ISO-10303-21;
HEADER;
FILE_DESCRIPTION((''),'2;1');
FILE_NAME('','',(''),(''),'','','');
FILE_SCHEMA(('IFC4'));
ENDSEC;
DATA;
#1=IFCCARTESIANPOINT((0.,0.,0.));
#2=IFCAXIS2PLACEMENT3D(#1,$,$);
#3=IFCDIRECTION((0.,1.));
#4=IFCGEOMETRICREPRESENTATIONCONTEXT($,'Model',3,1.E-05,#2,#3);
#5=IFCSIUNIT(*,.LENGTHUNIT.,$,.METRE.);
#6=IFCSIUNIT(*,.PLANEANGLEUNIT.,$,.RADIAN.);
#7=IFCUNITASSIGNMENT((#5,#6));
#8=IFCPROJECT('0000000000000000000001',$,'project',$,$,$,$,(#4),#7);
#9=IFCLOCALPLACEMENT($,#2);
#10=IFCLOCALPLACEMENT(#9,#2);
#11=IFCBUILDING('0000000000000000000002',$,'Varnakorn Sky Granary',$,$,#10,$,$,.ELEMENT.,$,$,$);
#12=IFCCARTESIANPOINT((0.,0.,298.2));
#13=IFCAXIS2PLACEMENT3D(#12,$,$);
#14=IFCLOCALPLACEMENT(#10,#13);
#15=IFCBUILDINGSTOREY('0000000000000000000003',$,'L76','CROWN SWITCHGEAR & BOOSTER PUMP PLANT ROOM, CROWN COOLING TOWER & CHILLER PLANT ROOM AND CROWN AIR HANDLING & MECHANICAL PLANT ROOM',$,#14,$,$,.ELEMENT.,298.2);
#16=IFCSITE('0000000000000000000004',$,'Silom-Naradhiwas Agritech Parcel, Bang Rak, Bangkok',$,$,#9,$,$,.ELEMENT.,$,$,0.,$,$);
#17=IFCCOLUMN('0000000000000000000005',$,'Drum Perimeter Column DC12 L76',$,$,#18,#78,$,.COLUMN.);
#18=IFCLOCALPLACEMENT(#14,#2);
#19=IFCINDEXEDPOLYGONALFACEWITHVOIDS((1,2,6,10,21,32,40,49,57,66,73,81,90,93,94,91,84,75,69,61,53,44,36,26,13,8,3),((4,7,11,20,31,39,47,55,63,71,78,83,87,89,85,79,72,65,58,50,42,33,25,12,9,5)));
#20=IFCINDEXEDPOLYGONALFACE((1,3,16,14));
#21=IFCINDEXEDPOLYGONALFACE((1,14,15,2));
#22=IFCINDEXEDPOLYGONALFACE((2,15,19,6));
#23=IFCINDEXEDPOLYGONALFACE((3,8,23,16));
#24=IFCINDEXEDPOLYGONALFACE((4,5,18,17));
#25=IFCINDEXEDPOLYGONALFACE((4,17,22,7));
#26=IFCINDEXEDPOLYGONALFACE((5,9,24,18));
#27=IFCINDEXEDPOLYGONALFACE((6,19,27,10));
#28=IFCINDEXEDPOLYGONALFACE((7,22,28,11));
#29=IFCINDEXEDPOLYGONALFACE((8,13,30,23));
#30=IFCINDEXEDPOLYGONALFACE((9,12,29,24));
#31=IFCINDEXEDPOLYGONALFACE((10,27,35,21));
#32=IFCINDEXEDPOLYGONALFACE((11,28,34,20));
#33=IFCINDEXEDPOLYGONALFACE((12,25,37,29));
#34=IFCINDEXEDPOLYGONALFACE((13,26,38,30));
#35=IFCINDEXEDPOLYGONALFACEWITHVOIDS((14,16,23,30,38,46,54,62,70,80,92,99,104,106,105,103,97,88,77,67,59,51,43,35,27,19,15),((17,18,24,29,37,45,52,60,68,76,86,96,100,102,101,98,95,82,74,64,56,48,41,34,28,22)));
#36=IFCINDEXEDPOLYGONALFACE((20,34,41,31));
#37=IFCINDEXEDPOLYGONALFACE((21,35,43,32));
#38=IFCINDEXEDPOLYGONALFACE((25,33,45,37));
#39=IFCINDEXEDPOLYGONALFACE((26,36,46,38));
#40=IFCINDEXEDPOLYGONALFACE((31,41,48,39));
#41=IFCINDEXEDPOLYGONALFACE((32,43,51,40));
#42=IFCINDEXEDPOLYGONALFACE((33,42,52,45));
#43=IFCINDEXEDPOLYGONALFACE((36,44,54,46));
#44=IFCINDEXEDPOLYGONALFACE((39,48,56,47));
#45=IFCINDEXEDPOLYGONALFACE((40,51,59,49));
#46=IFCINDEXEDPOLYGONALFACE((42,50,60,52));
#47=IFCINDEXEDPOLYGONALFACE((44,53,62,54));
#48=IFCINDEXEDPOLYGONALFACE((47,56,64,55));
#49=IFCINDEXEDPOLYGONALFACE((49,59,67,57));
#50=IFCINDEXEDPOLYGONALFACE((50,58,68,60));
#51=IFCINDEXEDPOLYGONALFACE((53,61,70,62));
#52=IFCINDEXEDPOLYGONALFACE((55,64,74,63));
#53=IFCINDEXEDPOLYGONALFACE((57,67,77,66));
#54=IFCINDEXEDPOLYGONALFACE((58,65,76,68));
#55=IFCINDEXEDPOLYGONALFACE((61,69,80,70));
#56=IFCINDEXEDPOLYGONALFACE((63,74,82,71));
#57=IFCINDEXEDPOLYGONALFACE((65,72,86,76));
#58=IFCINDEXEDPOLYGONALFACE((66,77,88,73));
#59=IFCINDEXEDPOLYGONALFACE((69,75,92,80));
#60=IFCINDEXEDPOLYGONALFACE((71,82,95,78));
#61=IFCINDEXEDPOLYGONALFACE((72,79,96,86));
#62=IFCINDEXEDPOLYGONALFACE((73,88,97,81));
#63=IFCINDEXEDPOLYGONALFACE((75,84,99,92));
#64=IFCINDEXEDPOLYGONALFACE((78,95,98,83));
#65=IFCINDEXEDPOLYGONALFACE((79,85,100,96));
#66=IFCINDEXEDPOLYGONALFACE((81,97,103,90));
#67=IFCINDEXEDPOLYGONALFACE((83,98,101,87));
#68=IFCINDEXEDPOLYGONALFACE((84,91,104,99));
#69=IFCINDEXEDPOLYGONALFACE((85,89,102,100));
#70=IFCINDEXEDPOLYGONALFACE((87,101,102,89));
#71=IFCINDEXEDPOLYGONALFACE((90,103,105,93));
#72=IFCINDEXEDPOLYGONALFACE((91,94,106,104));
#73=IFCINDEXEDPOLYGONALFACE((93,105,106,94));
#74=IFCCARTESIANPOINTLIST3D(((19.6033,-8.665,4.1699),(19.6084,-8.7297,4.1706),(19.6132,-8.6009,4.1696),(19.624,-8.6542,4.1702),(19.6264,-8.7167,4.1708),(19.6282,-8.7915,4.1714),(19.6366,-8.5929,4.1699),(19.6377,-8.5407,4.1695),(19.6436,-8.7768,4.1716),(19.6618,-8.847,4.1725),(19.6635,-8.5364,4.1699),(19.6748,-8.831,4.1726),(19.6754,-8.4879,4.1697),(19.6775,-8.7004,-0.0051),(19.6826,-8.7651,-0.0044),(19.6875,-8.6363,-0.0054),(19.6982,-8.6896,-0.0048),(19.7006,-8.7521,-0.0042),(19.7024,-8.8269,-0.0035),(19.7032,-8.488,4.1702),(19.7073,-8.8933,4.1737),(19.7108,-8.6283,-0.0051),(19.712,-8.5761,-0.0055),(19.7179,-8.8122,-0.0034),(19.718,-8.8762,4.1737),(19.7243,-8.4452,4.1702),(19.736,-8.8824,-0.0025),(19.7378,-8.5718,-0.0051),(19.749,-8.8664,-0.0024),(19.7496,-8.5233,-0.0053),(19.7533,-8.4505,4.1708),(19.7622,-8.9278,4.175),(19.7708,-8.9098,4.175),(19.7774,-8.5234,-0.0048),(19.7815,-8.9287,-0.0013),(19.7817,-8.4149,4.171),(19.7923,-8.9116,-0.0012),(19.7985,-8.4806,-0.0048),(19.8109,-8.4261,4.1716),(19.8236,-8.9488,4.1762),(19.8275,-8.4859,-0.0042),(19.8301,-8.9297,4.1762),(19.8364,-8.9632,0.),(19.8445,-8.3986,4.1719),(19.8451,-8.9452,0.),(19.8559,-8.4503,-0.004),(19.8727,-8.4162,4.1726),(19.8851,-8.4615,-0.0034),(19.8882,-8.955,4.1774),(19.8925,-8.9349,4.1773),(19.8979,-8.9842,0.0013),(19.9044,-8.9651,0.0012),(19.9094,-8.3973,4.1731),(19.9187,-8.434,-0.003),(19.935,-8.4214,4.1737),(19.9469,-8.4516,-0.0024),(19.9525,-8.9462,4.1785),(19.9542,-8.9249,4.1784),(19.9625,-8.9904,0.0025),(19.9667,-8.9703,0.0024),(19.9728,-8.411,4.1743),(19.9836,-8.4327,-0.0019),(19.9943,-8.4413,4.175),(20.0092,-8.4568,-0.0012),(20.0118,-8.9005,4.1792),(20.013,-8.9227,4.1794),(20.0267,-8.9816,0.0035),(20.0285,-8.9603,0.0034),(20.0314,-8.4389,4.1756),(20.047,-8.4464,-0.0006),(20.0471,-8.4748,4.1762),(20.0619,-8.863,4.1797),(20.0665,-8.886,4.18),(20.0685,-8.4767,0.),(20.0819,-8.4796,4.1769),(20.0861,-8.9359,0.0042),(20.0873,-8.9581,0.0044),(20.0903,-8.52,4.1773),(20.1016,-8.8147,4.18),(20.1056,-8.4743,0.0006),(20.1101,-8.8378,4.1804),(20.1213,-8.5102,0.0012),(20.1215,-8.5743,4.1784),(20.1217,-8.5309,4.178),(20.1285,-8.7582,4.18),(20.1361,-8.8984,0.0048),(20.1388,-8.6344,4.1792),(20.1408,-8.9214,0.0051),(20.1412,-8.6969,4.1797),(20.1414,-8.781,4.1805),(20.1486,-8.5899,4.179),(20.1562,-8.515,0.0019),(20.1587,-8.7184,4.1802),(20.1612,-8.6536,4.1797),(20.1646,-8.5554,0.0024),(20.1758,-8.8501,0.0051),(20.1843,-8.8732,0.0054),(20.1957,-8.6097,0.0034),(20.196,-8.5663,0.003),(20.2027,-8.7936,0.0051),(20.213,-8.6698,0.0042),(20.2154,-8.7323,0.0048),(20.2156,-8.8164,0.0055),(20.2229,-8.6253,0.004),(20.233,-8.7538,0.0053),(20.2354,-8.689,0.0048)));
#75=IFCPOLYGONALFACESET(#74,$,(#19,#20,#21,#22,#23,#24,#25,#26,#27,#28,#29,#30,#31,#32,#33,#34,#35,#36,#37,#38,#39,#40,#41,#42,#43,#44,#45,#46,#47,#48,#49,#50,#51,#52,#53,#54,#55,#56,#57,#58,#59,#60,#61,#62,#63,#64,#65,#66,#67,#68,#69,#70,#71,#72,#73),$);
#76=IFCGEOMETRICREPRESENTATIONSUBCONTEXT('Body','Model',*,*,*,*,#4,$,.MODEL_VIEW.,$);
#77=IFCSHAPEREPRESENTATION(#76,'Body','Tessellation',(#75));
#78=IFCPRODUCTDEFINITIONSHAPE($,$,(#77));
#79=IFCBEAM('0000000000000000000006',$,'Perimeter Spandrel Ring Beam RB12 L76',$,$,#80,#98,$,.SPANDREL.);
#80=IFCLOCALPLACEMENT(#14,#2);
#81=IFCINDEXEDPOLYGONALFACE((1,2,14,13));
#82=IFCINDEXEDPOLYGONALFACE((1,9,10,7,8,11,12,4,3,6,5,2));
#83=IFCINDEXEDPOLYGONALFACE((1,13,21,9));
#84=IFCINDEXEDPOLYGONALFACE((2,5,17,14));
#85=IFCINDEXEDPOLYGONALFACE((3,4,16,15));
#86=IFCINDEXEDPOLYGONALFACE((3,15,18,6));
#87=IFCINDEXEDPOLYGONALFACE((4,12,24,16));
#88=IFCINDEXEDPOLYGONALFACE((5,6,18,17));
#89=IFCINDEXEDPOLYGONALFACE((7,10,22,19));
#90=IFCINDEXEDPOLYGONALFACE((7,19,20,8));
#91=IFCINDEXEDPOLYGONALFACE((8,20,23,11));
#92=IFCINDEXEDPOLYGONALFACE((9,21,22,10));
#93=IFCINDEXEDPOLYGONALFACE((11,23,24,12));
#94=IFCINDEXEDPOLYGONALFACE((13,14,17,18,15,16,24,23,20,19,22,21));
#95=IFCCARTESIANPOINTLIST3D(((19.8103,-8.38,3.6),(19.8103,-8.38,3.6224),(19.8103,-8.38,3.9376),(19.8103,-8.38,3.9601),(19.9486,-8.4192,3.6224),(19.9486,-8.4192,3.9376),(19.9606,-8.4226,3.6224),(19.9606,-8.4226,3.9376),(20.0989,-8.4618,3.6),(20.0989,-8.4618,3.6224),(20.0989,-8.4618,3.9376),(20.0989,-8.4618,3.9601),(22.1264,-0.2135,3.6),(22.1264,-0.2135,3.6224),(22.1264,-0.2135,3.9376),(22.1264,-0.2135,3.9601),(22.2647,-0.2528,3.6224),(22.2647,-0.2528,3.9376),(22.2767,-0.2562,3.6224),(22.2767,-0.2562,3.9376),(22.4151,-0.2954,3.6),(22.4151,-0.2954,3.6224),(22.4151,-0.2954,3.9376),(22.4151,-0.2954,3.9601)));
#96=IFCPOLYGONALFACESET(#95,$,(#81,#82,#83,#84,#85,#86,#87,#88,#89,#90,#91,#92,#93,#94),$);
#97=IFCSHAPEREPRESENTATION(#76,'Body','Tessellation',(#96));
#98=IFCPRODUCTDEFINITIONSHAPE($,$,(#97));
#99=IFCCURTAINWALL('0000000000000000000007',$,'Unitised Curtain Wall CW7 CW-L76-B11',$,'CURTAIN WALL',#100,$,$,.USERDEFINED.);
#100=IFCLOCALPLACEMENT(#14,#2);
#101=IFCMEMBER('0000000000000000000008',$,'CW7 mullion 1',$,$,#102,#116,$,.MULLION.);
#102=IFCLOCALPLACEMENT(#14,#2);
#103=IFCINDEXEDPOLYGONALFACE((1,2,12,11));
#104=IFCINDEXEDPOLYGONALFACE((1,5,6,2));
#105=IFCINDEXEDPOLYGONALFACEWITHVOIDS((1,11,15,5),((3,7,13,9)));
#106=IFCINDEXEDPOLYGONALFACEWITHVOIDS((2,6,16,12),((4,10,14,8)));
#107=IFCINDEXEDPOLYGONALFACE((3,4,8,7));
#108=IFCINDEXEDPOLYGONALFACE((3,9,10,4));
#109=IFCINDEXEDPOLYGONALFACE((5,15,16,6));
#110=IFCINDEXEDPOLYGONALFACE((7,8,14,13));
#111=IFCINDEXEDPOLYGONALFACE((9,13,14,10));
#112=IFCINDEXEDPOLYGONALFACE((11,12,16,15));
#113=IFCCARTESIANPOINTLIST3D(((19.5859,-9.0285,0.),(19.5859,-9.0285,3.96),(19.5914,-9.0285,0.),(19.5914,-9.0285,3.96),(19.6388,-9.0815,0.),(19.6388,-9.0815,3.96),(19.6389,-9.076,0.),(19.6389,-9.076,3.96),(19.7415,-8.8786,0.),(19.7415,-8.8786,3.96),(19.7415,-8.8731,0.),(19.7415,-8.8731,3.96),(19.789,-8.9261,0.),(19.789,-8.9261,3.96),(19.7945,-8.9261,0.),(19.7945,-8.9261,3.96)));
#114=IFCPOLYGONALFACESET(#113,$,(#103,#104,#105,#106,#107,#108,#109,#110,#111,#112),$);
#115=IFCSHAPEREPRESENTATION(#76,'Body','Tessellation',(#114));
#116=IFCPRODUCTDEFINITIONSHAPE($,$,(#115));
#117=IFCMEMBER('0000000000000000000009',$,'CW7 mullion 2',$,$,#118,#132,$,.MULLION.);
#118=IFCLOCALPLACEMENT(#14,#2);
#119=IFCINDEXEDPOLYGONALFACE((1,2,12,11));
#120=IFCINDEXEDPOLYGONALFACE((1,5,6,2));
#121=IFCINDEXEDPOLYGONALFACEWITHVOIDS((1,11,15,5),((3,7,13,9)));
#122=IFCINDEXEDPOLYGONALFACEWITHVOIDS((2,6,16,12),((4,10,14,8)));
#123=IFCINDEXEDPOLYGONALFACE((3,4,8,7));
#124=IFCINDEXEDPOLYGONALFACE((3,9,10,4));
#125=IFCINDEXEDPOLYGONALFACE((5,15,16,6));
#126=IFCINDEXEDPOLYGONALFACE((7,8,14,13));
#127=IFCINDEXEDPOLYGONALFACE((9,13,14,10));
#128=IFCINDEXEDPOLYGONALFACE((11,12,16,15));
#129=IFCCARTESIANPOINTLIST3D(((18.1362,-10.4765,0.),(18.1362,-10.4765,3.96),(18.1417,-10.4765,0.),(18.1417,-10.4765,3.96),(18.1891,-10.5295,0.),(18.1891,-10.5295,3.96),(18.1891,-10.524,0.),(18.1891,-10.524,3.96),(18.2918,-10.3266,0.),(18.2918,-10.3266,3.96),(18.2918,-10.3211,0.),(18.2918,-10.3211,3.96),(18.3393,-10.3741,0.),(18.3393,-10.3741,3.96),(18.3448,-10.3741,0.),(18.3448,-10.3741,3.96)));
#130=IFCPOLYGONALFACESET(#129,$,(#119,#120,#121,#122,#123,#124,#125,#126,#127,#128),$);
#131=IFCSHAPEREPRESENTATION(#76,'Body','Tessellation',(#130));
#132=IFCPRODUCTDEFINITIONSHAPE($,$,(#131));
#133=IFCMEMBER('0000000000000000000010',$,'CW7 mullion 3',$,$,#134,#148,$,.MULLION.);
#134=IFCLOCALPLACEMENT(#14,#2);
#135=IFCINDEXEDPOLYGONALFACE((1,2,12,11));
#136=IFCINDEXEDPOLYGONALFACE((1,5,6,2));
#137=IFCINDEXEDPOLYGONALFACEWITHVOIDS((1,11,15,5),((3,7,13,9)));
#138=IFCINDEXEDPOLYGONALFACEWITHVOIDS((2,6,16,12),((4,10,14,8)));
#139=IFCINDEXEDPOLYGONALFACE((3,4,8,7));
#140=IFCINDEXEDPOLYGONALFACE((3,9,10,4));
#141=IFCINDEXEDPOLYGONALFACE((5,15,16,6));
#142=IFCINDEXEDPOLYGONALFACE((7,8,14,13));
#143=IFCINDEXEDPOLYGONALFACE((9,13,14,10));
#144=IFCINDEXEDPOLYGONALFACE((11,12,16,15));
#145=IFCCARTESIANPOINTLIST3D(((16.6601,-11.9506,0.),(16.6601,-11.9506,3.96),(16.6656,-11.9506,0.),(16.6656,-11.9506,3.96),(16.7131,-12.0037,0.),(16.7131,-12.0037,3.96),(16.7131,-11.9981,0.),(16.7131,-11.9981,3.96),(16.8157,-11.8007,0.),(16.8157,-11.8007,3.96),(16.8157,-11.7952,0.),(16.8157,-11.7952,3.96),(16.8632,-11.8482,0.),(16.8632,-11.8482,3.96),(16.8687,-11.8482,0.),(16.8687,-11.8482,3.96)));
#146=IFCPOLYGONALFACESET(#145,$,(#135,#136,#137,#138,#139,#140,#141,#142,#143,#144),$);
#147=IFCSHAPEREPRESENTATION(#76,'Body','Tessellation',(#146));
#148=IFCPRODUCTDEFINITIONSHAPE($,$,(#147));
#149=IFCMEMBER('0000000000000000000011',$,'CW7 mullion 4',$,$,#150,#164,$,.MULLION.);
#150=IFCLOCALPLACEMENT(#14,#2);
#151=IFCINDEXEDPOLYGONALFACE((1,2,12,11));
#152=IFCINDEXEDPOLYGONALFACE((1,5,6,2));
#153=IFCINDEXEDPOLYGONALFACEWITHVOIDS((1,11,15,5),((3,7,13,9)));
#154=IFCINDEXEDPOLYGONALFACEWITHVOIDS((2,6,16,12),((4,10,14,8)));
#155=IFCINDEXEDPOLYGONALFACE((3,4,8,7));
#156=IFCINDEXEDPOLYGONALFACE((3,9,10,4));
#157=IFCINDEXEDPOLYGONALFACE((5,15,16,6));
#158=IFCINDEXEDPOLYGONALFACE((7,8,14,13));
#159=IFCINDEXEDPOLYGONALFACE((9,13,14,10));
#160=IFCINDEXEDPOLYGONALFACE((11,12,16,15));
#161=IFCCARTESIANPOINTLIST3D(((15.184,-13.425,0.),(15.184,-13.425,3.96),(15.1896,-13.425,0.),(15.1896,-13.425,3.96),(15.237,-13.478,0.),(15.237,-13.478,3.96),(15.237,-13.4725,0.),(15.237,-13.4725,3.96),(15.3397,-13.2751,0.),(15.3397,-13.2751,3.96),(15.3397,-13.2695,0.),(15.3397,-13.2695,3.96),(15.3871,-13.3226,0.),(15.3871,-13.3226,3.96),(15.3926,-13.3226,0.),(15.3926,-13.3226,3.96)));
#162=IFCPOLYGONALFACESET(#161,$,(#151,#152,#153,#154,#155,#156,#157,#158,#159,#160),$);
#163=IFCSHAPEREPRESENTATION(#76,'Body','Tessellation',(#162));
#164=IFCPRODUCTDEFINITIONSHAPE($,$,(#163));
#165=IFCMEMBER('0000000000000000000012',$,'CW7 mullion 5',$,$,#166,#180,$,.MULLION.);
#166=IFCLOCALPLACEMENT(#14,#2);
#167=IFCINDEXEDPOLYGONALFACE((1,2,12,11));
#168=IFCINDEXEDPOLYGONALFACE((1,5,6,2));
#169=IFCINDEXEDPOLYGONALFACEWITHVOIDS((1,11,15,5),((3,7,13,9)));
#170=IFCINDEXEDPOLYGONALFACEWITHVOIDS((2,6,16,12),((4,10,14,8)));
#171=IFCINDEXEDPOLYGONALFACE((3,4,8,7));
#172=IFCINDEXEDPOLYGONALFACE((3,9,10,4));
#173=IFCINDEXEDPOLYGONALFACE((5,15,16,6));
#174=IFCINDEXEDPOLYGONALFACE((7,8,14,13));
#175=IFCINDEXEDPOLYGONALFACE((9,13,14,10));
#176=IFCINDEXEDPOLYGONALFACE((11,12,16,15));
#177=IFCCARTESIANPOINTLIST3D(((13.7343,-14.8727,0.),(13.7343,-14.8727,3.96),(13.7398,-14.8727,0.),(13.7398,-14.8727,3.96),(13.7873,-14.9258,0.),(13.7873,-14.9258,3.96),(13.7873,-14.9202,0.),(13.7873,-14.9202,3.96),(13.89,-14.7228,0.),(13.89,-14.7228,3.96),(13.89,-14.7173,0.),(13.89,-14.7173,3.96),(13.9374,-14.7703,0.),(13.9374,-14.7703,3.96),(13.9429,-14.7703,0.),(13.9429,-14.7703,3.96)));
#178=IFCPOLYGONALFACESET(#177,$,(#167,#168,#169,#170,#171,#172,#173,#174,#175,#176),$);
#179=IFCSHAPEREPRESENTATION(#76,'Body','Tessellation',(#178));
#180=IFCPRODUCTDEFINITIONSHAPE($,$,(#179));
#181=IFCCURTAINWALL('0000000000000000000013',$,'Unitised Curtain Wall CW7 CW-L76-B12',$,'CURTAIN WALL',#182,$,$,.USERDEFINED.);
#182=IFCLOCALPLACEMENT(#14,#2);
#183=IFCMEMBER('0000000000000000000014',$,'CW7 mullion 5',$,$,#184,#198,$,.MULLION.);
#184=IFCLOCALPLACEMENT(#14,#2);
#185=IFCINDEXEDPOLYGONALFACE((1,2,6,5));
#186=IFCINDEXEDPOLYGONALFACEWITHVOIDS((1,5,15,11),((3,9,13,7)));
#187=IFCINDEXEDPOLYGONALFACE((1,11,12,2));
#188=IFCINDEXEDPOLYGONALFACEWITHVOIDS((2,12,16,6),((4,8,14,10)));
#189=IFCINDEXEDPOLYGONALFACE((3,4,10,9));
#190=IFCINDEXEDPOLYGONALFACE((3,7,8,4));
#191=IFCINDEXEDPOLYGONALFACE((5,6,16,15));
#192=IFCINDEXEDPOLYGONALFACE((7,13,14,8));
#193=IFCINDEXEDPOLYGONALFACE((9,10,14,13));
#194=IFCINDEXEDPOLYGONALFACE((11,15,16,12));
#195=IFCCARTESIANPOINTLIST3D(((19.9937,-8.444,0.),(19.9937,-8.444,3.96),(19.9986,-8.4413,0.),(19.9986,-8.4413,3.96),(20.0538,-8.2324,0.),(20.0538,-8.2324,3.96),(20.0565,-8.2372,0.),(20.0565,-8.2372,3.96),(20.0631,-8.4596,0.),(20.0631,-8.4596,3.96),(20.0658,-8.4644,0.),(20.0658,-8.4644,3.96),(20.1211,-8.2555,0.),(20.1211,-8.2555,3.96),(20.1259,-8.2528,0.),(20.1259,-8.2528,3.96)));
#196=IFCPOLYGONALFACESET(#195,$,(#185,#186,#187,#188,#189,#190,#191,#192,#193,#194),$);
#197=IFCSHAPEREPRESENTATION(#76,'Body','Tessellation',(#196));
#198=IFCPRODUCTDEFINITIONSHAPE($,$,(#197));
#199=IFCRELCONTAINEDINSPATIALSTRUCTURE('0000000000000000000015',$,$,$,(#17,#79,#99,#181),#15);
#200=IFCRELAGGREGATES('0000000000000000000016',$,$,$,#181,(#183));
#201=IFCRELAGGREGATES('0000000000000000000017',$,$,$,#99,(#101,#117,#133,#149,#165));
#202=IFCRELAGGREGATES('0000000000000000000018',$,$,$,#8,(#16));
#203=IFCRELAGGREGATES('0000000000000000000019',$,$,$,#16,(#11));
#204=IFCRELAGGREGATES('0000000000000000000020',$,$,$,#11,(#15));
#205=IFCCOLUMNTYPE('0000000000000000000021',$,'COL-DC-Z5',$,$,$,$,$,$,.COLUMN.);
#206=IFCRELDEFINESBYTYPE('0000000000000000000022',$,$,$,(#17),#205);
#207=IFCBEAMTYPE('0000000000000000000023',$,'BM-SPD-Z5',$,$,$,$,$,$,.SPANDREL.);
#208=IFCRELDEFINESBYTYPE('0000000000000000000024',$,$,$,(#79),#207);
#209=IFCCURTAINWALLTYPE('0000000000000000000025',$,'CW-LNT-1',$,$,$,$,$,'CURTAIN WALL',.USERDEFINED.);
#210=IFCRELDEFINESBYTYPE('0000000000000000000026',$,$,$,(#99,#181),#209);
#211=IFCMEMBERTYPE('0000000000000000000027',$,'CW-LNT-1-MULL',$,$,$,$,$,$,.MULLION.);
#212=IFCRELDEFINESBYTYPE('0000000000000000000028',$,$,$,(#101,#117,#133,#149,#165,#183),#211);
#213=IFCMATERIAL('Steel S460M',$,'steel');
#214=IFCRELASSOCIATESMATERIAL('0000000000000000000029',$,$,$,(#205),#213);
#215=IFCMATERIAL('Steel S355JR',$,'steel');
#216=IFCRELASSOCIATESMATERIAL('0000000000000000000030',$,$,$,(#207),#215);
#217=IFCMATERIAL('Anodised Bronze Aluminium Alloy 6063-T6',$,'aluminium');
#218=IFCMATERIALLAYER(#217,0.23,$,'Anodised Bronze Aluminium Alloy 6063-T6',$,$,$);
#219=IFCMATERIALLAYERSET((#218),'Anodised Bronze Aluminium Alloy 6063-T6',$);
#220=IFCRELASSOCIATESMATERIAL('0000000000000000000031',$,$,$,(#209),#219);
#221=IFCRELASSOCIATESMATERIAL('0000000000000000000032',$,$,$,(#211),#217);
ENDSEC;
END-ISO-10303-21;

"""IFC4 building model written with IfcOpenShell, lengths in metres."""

from ifc_helpers import new_model, si_unit, direction, frame, origin, origin_2d, place, context, subcontext, project, spatial, hollow_rectangle, hollow_circle, i_section, extrude, material, layer, layer_set, material_profile, profile_set, type_object, element, aggregate, save


model = new_model("IFC4")

# Units and contexts
model_context = context("Model", 3, precision=1e-05, world=origin(), true_north=direction((0.0, 1.0)))
body_context = subcontext(model_context, "Body", "Model", "MODEL_VIEW")
ifc_project = project(units=[si_unit("LENGTHUNIT", "METRE"), si_unit("PLANEANGLEUNIT", "RADIAN")], contexts=[model_context])

# Site, building, storey
site_placement = place(None, origin())
site = spatial("IfcSite", under=ifc_project, at=site_placement, Name="Silom-Naradhiwas Agritech Parcel, Bang Rak, Bangkok", CompositionType="ELEMENT", RefElevation=0.0)
building_placement = place(site_placement, origin())
building = spatial("IfcBuilding", under=site, at=building_placement, Name="Varnakorn Sky Granary", CompositionType="ELEMENT")
storey_placement = place(building_placement, frame((0.0, 0.0, 298.2)))
storey = spatial("IfcBuildingStorey", under=building, at=storey_placement, Name="L76", Description="CROWN SWITCHGEAR & BOOSTER PUMP PLANT ROOM, CROWN COOLING TOWER & CHILLER PLANT ROOM AND CROWN AIR HANDLING & MECHANICAL PLANT ROOM", CompositionType="ELEMENT", Elevation=298.2)

# Column
ifc_material_1 = material(Name="Steel S460M", Category="steel")
ifc_material_profile_1 = material_profile(ifc_material_1, hollow_circle(Radius=0.2795, WallThickness=0.02, at=origin_2d()), Name="CHS 559x20")
ifc_profile_set_1 = profile_set([ifc_material_profile_1], Name="Steel S460M")
column_type = type_object("IfcColumnType", Name="COL-DC-Z5", PredefinedType="COLUMN", material=ifc_profile_set_1)
column_placement = place(storey_placement, frame((19.9568, -8.7109, 0.0), z_axis=(-0.017773, 0.008477, 0.999806), x_axis=(-0.43051, -0.902586, 0.0)))
element("IfcColumn", 1, at=column_placement, inside=storey, type_object=column_type, Name="Drum Perimeter Column DC12 L76", PredefinedType="COLUMN", context=body_context, shape_type="SweptSolid", body=[
    extrude(hollow_circle(Radius=0.2795, WallThickness=0.02, at=origin_2d()), origin(), (0.0, 0.0, 1.0), 4.1758),
])

# Beam
ifc_material_2 = material(Name="Steel S355JR", Category="steel")
ifc_material_profile_2 = material_profile(ifc_material_2, i_section(OverallWidth=0.3, OverallDepth=0.3601, WebThickness=0.0125, FlangeThickness=0.0225, at=origin_2d()), Name="HE 360 B")
ifc_profile_set_2 = profile_set([ifc_material_profile_2], Name="Steel S355JR")
beam_type = type_object("IfcBeamType", Name="BM-SPD-Z5", PredefinedType="SPANDREL", material=ifc_profile_set_2)
beam_placement = place(storey_placement, frame((19.9546, -8.4209, 3.78), z_axis=(0.272855, 0.962055, 0.0), x_axis=(-0.962055, 0.272855, 0.0)))
element("IfcBeam", 2, at=beam_placement, inside=storey, type_object=beam_type, Name="Perimeter Spandrel Ring Beam RB12 L76", PredefinedType="SPANDREL", context=body_context, shape_type="SweptSolid", body=[
    extrude(i_section(OverallWidth=0.3, OverallDepth=0.3601, WebThickness=0.0125, FlangeThickness=0.0225, at=origin_2d()), origin(), (0.0, 0.0, 1.0), 8.4885),
])

# Curtain wall, members
ifc_material_3 = material(Name="Anodised Bronze Aluminium Alloy 6063-T6", Category="aluminium")
ifc_layer_1 = layer(ifc_material_3, 0.23, Name="Anodised Bronze Aluminium Alloy 6063-T6")
ifc_layer_set_1 = layer_set([ifc_layer_1], Name="Anodised Bronze Aluminium Alloy 6063-T6")
curtain_wall_type = type_object("IfcCurtainWallType", Name="CW-LNT-1", ElementType="CURTAIN WALL", PredefinedType="USERDEFINED", material=ifc_layer_set_1)
curtain_wall_1_placement = place(storey_placement, origin())
curtain_wall_1 = element("IfcCurtainWall", 3, at=curtain_wall_1_placement, inside=storey, type_object=curtain_wall_type, Name="Unitised Curtain Wall CW7 CW-L76-B11", ObjectType="CURTAIN WALL", PredefinedType="USERDEFINED")
ifc_material_profile_3 = material_profile(ifc_material_3, hollow_rectangle(XDim=0.075, YDim=0.22, WallThickness=0.0039, at=origin_2d()), Name="ALU MULL 75x220")
ifc_profile_set_3 = profile_set([ifc_material_profile_3], Name="Anodised Bronze Aluminium Alloy 6063-T6")
member_type_1 = type_object("IfcMemberType", Name="CW-LNT-1-MULL", PredefinedType="MULLION", material=ifc_profile_set_3)
member_1_placement = place(storey_placement, frame((19.6902, -8.9773, 0.0), z_axis=(0.0, 0.0, 1.0), x_axis=(0.706663, -0.70755, 0.0)))
member_1 = element("IfcMember", 4, at=member_1_placement, type_object=member_type_1, Name="CW7 mullion 1", PredefinedType="MULLION", context=body_context, shape_type="SweptSolid", body=[
    extrude(hollow_rectangle(XDim=0.075, YDim=0.22, WallThickness=0.0039, at=origin_2d()), origin(), (0.0, 0.0, 1.0), 3.96),
])
member_2_placement = place(storey_placement, frame((18.2405, -10.4253, 0.0), z_axis=(0.0, 0.0, 1.0), x_axis=(0.706663, -0.70755, 0.0)))
member_2 = element("IfcMember", 5, at=member_2_placement, type_object=member_type_1, Name="CW7 mullion 2", PredefinedType="MULLION", context=body_context, shape_type="SweptSolid", body=[
    extrude(hollow_rectangle(XDim=0.075, YDim=0.22, WallThickness=0.0039, at=origin_2d()), origin(), (0.0, 0.0, 1.0), 3.96),
])
member_3_placement = place(storey_placement, frame((16.7644, -11.8994, 0.0), z_axis=(0.0, 0.0, 1.0), x_axis=(0.706663, -0.70755, 0.0)))
member_3 = element("IfcMember", 6, at=member_3_placement, type_object=member_type_1, Name="CW7 mullion 3", PredefinedType="MULLION", context=body_context, shape_type="SweptSolid", body=[
    extrude(hollow_rectangle(XDim=0.075, YDim=0.22, WallThickness=0.0039, at=origin_2d()), origin(), (0.0, 0.0, 1.0), 3.96),
])
member_4_placement = place(storey_placement, frame((15.2883, -13.3738, 0.0), z_axis=(0.0, 0.0, 1.0), x_axis=(0.706663, -0.70755, 0.0)))
member_4 = element("IfcMember", 7, at=member_4_placement, type_object=member_type_1, Name="CW7 mullion 4", PredefinedType="MULLION", context=body_context, shape_type="SweptSolid", body=[
    extrude(hollow_rectangle(XDim=0.075, YDim=0.22, WallThickness=0.0039, at=origin_2d()), origin(), (0.0, 0.0, 1.0), 3.96),
])
member_5_placement = place(storey_placement, frame((13.8386, -14.8215, 0.0), z_axis=(0.0, 0.0, 1.0), x_axis=(0.706663, -0.70755, 0.0)))
member_5 = element("IfcMember", 8, at=member_5_placement, type_object=member_type_1, Name="CW7 mullion 5", PredefinedType="MULLION", context=body_context, shape_type="SweptSolid", body=[
    extrude(hollow_rectangle(XDim=0.075, YDim=0.22, WallThickness=0.0039, at=origin_2d()), origin(), (0.0, 0.0, 1.0), 3.96),
])

# Curtain wall, member
curtain_wall_2_placement = place(storey_placement, origin())
curtain_wall_2 = element("IfcCurtainWall", 9, at=curtain_wall_2_placement, inside=storey, type_object=curtain_wall_type, Name="Unitised Curtain Wall CW7 CW-L76-B12", ObjectType="CURTAIN WALL", PredefinedType="USERDEFINED")
member_6_placement = place(storey_placement, frame((20.0598, -8.3484, 0.0), z_axis=(0.0, 0.0, 1.0), x_axis=(0.962012, -0.273007, 0.0)))
member_6 = element("IfcMember", 10, at=member_6_placement, type_object=member_type_1, Name="CW7 mullion 5", PredefinedType="MULLION", context=body_context, shape_type="SweptSolid", body=[
    extrude(hollow_rectangle(XDim=0.075, YDim=0.22, WallThickness=0.0039, at=origin_2d()), origin(), (0.0, 0.0, 1.0), 3.96),
])
aggregate(curtain_wall_2, [member_6])

aggregate(curtain_wall_1, [member_1, member_2, member_3, member_4, member_5])

save(model, "model.ifc")
